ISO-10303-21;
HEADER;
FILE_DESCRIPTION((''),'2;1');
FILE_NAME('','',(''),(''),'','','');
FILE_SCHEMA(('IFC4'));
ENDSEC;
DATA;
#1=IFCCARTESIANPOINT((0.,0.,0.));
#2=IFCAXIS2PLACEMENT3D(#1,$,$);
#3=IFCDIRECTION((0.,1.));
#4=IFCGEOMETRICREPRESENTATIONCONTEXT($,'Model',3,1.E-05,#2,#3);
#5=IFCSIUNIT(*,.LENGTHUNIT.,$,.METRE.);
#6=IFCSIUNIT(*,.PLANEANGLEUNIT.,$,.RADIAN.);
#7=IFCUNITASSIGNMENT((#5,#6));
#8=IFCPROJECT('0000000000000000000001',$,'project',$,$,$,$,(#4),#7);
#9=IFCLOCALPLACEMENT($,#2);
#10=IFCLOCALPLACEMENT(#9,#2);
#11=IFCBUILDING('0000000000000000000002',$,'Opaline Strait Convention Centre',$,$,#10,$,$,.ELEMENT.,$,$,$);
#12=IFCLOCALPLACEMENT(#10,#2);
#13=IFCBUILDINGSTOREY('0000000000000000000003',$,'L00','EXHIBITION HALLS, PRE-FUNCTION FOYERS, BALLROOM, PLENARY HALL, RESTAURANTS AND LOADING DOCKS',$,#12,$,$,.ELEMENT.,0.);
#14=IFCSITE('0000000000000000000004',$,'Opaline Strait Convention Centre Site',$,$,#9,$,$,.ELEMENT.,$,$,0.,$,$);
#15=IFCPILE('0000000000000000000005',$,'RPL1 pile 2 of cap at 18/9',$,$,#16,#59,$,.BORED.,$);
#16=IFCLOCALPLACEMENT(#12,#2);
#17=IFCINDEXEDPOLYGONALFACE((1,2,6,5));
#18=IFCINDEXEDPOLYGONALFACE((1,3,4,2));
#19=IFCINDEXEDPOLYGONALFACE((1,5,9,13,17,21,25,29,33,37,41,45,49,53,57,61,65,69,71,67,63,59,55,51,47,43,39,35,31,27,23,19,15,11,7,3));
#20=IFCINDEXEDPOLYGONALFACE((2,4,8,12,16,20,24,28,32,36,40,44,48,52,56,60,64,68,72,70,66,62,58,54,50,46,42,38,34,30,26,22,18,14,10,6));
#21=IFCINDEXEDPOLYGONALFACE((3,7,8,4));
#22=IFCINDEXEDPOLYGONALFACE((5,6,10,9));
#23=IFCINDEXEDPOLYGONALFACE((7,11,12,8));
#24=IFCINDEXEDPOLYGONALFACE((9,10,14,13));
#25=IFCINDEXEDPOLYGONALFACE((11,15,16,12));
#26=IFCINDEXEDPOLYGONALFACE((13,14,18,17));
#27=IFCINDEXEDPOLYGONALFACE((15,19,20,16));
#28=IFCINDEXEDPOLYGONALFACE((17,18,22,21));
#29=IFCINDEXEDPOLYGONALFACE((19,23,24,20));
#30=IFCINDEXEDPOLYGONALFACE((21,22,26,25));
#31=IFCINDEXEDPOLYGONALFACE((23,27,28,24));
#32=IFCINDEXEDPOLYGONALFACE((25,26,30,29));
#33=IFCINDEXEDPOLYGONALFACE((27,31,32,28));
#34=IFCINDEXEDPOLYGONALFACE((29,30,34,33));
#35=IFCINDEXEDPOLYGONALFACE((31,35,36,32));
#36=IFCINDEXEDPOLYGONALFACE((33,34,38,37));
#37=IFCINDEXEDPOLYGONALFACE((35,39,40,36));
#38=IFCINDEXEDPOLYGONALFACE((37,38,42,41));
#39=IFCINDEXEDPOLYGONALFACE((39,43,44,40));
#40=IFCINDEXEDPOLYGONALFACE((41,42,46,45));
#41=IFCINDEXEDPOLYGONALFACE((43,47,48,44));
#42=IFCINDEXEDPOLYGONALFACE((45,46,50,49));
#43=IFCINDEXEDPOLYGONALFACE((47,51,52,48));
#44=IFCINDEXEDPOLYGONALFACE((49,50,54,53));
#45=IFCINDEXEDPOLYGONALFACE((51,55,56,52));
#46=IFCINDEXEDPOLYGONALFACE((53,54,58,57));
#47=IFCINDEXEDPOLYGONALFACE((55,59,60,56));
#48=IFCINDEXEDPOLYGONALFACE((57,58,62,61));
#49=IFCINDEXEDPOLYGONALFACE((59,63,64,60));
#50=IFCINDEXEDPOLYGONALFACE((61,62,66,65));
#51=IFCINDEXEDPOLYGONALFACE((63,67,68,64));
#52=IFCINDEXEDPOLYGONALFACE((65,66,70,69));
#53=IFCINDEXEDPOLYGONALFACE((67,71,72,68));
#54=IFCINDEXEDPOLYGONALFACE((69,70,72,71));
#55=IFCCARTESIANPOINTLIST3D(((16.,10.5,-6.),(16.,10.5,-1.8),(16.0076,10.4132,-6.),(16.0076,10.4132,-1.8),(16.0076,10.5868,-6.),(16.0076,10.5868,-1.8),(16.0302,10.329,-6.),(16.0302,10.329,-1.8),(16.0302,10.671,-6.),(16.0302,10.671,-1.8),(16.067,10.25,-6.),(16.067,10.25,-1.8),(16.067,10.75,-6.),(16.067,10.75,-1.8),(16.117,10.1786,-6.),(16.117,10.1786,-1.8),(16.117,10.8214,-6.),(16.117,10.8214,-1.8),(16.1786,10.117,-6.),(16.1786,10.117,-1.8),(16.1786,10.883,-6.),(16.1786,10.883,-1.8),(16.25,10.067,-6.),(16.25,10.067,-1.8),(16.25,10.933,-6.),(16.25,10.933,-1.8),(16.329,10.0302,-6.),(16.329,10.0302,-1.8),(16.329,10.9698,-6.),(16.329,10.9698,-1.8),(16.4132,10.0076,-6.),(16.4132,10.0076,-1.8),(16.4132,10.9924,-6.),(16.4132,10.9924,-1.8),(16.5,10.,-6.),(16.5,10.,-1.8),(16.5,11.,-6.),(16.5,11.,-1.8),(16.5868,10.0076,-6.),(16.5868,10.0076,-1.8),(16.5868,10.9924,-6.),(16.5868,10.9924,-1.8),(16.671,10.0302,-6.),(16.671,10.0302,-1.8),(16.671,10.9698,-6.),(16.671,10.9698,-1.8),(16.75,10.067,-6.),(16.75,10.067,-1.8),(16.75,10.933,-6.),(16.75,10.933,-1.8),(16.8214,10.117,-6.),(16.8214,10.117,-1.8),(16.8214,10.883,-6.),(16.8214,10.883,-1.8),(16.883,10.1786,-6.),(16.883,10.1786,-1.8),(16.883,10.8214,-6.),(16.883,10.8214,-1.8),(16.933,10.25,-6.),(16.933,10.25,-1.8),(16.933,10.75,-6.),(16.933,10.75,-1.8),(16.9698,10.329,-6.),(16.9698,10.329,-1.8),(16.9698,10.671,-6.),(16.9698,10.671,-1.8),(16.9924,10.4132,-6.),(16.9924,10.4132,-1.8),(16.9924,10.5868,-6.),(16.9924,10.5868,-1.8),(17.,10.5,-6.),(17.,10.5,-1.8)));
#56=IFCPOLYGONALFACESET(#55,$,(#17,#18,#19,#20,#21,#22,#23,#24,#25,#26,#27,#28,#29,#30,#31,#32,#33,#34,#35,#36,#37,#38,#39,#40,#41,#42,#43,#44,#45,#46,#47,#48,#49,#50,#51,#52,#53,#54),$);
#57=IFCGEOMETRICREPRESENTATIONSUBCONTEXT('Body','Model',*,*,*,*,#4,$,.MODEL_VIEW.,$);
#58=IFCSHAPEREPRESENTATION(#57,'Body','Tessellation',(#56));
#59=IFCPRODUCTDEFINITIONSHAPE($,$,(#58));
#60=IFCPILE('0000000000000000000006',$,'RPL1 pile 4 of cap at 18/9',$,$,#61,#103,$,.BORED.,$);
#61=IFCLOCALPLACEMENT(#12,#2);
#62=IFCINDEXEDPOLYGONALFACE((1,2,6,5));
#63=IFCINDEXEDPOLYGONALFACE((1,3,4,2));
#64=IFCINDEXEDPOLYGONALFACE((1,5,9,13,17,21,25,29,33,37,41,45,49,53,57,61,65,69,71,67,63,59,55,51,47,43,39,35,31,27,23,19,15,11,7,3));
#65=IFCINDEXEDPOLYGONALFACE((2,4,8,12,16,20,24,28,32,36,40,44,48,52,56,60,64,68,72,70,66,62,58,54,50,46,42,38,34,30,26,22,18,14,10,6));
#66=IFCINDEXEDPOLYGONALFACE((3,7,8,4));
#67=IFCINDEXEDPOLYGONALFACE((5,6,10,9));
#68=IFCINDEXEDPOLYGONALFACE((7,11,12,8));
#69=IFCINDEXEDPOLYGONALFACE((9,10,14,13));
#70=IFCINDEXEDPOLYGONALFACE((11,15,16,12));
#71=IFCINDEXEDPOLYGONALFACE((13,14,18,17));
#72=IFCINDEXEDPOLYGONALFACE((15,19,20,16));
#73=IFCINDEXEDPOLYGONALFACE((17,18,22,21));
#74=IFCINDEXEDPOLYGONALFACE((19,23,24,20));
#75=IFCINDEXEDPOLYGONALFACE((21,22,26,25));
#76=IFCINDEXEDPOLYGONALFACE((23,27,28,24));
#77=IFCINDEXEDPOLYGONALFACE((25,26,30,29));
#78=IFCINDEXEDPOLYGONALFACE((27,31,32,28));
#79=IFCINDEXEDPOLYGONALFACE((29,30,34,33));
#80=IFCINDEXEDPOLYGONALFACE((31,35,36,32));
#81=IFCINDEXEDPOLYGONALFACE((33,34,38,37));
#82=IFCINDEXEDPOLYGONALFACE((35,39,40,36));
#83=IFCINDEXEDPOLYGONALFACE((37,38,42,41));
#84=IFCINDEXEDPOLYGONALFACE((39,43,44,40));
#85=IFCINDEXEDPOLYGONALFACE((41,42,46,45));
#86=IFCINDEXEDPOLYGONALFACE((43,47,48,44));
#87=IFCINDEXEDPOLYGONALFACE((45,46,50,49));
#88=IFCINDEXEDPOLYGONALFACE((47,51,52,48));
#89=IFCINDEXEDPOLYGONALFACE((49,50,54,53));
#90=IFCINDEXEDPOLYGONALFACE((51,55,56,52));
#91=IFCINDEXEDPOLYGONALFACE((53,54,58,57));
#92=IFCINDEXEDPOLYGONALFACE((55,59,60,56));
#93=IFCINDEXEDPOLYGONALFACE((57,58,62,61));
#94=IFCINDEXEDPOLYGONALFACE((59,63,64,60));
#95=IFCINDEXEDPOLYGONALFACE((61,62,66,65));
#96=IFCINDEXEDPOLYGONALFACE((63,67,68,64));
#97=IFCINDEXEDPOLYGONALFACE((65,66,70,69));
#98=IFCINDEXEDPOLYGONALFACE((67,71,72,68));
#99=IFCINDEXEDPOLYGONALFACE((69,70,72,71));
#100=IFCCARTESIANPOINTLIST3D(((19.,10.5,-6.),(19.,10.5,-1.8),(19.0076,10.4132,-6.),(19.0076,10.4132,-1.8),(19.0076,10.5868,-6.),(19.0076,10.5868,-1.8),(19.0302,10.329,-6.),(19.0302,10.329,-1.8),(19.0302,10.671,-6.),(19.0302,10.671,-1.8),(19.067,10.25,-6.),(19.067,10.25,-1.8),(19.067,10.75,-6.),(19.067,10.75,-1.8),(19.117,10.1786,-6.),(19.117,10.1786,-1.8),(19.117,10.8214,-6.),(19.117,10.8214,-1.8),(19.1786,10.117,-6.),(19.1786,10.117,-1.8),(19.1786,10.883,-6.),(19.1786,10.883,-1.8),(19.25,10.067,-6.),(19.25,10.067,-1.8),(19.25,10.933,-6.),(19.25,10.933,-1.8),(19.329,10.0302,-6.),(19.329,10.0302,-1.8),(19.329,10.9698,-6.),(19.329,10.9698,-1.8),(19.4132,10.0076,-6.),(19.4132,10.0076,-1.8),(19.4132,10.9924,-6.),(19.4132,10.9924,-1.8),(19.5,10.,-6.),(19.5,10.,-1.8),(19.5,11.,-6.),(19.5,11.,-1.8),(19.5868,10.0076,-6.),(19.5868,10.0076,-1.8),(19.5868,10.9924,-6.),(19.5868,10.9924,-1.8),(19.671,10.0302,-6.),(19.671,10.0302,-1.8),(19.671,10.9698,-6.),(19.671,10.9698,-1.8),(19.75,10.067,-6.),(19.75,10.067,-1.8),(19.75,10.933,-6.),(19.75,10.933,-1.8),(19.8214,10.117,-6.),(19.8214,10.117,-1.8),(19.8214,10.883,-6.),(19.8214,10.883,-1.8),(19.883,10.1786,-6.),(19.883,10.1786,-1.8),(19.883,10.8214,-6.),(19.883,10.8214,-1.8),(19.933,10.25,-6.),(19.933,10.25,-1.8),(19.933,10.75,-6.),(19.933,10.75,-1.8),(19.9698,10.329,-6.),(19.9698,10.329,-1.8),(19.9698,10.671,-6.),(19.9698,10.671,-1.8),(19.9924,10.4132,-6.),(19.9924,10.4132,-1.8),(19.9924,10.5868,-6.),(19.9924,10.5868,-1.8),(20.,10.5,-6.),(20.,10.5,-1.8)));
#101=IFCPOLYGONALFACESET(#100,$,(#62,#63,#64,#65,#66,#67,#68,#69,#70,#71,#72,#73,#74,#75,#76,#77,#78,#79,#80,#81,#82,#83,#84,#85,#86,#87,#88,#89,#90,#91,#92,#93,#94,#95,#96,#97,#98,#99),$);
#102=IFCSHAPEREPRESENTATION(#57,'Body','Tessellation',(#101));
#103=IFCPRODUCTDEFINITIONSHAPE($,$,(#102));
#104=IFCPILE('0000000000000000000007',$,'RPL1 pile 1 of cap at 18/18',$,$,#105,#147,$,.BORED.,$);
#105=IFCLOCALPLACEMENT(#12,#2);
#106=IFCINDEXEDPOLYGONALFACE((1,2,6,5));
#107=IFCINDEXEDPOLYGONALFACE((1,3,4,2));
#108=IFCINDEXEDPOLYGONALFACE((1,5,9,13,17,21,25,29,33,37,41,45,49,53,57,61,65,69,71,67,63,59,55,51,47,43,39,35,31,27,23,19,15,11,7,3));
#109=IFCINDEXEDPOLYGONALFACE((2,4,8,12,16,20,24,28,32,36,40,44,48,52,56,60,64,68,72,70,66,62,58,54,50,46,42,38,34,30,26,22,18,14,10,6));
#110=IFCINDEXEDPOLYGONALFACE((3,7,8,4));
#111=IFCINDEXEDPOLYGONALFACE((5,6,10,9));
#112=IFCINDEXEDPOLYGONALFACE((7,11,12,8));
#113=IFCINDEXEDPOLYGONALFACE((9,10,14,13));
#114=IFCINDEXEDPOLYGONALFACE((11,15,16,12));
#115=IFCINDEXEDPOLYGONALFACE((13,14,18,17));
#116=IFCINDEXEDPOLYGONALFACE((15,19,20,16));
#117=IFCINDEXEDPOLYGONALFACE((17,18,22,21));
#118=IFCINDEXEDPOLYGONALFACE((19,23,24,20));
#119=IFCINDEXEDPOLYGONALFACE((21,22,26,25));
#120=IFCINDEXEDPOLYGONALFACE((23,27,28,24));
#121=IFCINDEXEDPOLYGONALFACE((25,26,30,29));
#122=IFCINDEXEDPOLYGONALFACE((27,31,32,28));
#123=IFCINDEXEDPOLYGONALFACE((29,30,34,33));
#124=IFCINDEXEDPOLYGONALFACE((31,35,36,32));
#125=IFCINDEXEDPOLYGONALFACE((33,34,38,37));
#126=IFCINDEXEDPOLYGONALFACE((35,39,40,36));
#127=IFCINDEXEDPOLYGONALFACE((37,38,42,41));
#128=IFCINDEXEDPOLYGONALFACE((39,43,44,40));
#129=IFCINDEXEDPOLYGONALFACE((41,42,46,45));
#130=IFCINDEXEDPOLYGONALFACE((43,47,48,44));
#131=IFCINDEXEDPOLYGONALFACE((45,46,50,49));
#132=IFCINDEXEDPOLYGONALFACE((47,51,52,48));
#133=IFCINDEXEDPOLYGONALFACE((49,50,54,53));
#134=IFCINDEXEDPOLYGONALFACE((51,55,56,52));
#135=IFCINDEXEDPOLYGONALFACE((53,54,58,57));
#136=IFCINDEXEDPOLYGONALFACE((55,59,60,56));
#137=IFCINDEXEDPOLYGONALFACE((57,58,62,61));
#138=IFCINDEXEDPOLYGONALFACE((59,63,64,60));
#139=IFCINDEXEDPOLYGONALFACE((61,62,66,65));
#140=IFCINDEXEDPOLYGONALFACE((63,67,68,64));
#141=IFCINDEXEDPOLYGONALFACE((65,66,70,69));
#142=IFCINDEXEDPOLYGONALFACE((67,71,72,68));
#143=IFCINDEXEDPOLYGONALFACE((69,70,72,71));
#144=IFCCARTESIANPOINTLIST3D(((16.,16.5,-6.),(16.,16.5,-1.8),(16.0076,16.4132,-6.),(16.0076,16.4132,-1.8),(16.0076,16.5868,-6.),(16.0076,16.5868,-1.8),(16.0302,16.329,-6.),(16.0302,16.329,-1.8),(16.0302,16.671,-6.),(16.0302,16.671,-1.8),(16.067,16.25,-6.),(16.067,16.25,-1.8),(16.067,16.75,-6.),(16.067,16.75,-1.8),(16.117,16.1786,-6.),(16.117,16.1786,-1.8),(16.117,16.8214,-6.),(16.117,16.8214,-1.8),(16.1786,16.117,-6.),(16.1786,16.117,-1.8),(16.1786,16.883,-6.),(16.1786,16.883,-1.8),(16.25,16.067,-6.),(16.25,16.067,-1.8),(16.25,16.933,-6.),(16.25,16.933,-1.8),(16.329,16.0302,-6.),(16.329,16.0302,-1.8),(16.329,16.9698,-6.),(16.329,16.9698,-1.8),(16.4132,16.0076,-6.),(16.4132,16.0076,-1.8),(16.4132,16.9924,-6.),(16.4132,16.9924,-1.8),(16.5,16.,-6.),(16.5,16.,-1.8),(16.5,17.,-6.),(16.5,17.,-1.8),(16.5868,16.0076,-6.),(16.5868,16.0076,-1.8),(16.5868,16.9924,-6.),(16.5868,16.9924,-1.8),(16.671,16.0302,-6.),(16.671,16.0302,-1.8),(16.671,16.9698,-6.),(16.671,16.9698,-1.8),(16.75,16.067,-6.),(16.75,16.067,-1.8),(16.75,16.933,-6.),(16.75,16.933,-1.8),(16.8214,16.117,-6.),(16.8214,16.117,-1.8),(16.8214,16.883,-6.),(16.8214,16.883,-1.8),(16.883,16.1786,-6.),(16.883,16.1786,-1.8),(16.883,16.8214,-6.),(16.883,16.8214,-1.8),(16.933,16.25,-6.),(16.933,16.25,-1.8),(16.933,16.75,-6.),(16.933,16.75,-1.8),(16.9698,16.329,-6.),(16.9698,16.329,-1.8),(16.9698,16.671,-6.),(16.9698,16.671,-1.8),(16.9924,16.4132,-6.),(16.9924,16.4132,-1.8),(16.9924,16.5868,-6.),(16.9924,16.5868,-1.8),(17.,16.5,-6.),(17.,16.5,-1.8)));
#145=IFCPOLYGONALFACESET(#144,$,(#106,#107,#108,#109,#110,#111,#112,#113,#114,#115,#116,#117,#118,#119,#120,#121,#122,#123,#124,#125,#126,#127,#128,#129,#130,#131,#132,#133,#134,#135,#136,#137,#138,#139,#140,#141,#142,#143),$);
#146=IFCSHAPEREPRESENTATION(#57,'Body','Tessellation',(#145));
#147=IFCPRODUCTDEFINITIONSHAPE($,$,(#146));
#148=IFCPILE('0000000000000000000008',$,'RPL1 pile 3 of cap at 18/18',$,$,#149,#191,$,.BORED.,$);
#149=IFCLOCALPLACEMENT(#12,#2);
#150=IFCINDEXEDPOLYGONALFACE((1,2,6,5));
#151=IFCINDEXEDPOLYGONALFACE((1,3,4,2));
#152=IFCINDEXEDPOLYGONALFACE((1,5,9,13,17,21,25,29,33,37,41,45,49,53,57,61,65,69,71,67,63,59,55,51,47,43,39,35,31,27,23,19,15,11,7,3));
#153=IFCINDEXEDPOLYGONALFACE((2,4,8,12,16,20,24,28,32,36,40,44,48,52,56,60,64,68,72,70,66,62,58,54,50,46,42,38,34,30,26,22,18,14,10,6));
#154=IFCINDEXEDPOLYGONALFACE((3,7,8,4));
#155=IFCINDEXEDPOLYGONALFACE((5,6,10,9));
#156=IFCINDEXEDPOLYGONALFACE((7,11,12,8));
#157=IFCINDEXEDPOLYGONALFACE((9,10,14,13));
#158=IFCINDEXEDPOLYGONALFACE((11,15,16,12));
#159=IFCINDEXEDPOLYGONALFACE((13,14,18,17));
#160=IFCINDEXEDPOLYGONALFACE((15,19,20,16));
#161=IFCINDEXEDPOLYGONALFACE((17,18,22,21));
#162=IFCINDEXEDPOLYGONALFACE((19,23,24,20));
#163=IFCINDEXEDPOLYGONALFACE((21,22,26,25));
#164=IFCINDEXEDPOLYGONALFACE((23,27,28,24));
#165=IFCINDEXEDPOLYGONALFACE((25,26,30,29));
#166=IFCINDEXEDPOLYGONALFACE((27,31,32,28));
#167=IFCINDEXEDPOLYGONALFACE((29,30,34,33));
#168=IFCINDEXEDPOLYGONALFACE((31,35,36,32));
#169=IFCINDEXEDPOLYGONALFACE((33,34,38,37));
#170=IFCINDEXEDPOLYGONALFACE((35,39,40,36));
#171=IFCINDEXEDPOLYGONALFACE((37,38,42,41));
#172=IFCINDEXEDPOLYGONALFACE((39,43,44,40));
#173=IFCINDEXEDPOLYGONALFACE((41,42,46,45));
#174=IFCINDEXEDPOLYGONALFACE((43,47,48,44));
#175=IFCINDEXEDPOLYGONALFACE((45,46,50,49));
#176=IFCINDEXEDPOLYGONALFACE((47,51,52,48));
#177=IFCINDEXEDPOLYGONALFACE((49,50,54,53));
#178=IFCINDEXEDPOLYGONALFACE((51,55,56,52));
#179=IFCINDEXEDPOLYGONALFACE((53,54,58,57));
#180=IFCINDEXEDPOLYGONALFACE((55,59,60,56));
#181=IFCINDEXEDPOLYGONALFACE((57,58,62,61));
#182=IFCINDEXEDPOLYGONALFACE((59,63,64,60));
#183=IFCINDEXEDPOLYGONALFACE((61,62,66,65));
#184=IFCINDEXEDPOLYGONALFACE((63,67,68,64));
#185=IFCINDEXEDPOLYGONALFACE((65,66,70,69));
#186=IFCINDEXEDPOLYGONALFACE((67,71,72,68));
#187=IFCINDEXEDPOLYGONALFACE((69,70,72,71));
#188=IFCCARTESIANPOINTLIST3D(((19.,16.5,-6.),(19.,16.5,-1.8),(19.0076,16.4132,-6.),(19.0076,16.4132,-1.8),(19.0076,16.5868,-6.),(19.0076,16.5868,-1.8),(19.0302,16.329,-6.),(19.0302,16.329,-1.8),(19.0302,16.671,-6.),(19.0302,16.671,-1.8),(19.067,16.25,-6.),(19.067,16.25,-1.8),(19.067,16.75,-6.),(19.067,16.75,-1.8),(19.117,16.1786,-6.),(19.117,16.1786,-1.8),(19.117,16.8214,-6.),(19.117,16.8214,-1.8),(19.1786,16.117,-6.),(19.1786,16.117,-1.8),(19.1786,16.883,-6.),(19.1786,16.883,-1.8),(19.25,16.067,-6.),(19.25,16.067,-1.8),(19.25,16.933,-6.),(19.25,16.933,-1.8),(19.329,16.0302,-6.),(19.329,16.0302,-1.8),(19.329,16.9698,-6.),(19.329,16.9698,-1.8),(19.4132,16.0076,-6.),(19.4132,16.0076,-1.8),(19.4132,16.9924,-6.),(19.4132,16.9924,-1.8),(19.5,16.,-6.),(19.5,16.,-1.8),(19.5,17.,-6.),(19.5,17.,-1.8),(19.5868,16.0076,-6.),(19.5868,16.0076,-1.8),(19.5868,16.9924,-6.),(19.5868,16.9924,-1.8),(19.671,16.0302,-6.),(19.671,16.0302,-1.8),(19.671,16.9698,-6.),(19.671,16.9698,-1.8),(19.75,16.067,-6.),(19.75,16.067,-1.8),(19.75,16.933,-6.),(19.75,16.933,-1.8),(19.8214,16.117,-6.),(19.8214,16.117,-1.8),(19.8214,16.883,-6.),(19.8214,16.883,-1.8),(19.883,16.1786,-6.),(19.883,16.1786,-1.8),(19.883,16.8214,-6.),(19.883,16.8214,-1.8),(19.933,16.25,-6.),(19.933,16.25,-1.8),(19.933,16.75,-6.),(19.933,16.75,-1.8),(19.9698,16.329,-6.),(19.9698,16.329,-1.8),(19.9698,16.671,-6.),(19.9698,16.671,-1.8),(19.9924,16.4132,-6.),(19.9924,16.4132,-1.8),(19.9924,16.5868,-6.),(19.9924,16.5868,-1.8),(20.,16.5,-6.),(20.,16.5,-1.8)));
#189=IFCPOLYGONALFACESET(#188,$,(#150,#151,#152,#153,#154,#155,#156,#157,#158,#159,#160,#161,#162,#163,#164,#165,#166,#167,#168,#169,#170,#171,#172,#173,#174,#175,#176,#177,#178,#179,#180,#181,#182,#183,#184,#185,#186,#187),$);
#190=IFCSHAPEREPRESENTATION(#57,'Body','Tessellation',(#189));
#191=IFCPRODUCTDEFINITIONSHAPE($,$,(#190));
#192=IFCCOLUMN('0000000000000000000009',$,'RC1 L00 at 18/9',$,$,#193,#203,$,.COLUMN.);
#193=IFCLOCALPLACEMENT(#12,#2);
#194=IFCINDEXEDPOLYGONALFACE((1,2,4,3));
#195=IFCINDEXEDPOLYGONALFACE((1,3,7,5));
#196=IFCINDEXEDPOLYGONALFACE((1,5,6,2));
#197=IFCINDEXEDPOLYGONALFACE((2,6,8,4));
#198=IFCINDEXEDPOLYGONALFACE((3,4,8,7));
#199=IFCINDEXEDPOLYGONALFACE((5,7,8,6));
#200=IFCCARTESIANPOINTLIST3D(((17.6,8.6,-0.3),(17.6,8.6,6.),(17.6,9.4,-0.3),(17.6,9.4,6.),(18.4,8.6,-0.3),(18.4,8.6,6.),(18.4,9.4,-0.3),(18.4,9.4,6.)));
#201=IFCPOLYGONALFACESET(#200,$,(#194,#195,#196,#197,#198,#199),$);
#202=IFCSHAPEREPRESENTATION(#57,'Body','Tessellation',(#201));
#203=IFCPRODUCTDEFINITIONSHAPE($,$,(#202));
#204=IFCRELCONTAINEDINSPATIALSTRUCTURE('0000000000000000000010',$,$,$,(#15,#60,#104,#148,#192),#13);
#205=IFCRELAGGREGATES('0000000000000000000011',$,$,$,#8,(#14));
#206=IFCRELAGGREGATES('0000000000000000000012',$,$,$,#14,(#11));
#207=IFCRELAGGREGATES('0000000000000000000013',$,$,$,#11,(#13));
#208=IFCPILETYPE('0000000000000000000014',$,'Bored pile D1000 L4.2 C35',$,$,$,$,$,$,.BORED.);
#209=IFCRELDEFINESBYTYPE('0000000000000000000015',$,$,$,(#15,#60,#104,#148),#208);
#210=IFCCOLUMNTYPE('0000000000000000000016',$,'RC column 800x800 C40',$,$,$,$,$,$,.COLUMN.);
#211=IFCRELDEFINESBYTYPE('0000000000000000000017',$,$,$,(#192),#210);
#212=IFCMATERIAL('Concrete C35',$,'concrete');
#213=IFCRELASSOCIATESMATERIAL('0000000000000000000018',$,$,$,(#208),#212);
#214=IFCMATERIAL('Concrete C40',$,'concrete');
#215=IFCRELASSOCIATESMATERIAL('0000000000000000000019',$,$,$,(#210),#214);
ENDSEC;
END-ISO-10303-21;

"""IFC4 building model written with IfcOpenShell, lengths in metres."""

from ifc_helpers import new_model, si_unit, direction, frame, origin, origin_2d, place, context, subcontext, project, spatial, rectangle, circle, extrude, material, material_profile, profile_set, type_object, element, save


model = new_model("IFC4")

# Units and contexts
model_context = context("Model", 3, precision=1e-05, world=origin(), true_north=direction((0.0, 1.0)))
body_context = subcontext(model_context, "Body", "Model", "MODEL_VIEW")
ifc_project = project(units=[si_unit("LENGTHUNIT", "METRE"), si_unit("PLANEANGLEUNIT", "RADIAN")], contexts=[model_context])

# Site, building, storey
site_placement = place(None, origin())
site = spatial("IfcSite", under=ifc_project, at=site_placement, Name="Opaline Strait Convention Centre Site", CompositionType="ELEMENT", RefElevation=0.0)
building_placement = place(site_placement, origin())
building = spatial("IfcBuilding", under=site, at=building_placement, Name="Opaline Strait Convention Centre", CompositionType="ELEMENT")
storey_placement = place(building_placement, origin())
storey = spatial("IfcBuildingStorey", under=building, at=storey_placement, Name="L00", Description="EXHIBITION HALLS, PRE-FUNCTION FOYERS, BALLROOM, PLENARY HALL, RESTAURANTS AND LOADING DOCKS", CompositionType="ELEMENT", Elevation=0.0)

# Piles
ifc_material_1 = material(Name="Concrete C35", Category="concrete")
ifc_material_profile_1 = material_profile(ifc_material_1, circle(Radius=0.5, at=origin_2d()), Name="D1000")
ifc_profile_set_1 = profile_set([ifc_material_profile_1], Name="Concrete C35")
pile_type = type_object("IfcPileType", Name="Bored pile D1000 L4.2 C35", PredefinedType="BORED", material=ifc_profile_set_1)
for number, where, z_axis, x_axis, name in (
    (1, (16.5, 10.5, -1.8), (0.0, 0.0, -1.0), (1.0, 0.0, 0.0), "RPL1 pile 2 of cap at 18/9"),
    (2, (19.5, 10.5, -1.8), (0.0, 0.0, -1.0), (1.0, 0.0, 0.0), "RPL1 pile 4 of cap at 18/9"),
    (3, (16.5, 16.5, -1.8), (0.0, 0.0, -1.0), (1.0, 0.0, 0.0), "RPL1 pile 1 of cap at 18/18"),
    (4, (19.5, 16.5, -1.8), (0.0, 0.0, -1.0), (1.0, 0.0, 0.0), "RPL1 pile 3 of cap at 18/18"),
):
    element("IfcPile", number, at=place(storey_placement, frame(where, z_axis=z_axis, x_axis=x_axis)), inside=storey, type_object=pile_type, Name=name, PredefinedType="BORED", context=body_context, shape_type="SweptSolid", body=[
        extrude(circle(Radius=0.5, at=origin_2d()), origin(), (0.0, 0.0, 1.0), 4.2),
    ])

# Column
ifc_material_2 = material(Name="Concrete C40", Category="concrete")
ifc_material_profile_2 = material_profile(ifc_material_2, rectangle(XDim=0.8, YDim=0.8, at=origin_2d()), Name="RC 800x800")
ifc_profile_set_2 = profile_set([ifc_material_profile_2], Name="Concrete C40")
column_type = type_object("IfcColumnType", Name="RC column 800x800 C40", PredefinedType="COLUMN", material=ifc_profile_set_2)
for number, where, z_axis, x_axis, name in (
    (5, (18.0, 9.0, -0.3), (0.0, 0.0, 1.0), (1.0, 0.0, 0.0), "RC1 L00 at 18/9"),
):
    element("IfcColumn", number, at=place(storey_placement, frame(where, z_axis=z_axis, x_axis=x_axis)), inside=storey, type_object=column_type, Name=name, PredefinedType="COLUMN", context=body_context, shape_type="SweptSolid", body=[
        extrude(rectangle(XDim=0.8, YDim=0.8, at=origin_2d()), origin(), (0.0, 0.0, 1.0), 6.3),
    ])

save(model, "model.ifc")
